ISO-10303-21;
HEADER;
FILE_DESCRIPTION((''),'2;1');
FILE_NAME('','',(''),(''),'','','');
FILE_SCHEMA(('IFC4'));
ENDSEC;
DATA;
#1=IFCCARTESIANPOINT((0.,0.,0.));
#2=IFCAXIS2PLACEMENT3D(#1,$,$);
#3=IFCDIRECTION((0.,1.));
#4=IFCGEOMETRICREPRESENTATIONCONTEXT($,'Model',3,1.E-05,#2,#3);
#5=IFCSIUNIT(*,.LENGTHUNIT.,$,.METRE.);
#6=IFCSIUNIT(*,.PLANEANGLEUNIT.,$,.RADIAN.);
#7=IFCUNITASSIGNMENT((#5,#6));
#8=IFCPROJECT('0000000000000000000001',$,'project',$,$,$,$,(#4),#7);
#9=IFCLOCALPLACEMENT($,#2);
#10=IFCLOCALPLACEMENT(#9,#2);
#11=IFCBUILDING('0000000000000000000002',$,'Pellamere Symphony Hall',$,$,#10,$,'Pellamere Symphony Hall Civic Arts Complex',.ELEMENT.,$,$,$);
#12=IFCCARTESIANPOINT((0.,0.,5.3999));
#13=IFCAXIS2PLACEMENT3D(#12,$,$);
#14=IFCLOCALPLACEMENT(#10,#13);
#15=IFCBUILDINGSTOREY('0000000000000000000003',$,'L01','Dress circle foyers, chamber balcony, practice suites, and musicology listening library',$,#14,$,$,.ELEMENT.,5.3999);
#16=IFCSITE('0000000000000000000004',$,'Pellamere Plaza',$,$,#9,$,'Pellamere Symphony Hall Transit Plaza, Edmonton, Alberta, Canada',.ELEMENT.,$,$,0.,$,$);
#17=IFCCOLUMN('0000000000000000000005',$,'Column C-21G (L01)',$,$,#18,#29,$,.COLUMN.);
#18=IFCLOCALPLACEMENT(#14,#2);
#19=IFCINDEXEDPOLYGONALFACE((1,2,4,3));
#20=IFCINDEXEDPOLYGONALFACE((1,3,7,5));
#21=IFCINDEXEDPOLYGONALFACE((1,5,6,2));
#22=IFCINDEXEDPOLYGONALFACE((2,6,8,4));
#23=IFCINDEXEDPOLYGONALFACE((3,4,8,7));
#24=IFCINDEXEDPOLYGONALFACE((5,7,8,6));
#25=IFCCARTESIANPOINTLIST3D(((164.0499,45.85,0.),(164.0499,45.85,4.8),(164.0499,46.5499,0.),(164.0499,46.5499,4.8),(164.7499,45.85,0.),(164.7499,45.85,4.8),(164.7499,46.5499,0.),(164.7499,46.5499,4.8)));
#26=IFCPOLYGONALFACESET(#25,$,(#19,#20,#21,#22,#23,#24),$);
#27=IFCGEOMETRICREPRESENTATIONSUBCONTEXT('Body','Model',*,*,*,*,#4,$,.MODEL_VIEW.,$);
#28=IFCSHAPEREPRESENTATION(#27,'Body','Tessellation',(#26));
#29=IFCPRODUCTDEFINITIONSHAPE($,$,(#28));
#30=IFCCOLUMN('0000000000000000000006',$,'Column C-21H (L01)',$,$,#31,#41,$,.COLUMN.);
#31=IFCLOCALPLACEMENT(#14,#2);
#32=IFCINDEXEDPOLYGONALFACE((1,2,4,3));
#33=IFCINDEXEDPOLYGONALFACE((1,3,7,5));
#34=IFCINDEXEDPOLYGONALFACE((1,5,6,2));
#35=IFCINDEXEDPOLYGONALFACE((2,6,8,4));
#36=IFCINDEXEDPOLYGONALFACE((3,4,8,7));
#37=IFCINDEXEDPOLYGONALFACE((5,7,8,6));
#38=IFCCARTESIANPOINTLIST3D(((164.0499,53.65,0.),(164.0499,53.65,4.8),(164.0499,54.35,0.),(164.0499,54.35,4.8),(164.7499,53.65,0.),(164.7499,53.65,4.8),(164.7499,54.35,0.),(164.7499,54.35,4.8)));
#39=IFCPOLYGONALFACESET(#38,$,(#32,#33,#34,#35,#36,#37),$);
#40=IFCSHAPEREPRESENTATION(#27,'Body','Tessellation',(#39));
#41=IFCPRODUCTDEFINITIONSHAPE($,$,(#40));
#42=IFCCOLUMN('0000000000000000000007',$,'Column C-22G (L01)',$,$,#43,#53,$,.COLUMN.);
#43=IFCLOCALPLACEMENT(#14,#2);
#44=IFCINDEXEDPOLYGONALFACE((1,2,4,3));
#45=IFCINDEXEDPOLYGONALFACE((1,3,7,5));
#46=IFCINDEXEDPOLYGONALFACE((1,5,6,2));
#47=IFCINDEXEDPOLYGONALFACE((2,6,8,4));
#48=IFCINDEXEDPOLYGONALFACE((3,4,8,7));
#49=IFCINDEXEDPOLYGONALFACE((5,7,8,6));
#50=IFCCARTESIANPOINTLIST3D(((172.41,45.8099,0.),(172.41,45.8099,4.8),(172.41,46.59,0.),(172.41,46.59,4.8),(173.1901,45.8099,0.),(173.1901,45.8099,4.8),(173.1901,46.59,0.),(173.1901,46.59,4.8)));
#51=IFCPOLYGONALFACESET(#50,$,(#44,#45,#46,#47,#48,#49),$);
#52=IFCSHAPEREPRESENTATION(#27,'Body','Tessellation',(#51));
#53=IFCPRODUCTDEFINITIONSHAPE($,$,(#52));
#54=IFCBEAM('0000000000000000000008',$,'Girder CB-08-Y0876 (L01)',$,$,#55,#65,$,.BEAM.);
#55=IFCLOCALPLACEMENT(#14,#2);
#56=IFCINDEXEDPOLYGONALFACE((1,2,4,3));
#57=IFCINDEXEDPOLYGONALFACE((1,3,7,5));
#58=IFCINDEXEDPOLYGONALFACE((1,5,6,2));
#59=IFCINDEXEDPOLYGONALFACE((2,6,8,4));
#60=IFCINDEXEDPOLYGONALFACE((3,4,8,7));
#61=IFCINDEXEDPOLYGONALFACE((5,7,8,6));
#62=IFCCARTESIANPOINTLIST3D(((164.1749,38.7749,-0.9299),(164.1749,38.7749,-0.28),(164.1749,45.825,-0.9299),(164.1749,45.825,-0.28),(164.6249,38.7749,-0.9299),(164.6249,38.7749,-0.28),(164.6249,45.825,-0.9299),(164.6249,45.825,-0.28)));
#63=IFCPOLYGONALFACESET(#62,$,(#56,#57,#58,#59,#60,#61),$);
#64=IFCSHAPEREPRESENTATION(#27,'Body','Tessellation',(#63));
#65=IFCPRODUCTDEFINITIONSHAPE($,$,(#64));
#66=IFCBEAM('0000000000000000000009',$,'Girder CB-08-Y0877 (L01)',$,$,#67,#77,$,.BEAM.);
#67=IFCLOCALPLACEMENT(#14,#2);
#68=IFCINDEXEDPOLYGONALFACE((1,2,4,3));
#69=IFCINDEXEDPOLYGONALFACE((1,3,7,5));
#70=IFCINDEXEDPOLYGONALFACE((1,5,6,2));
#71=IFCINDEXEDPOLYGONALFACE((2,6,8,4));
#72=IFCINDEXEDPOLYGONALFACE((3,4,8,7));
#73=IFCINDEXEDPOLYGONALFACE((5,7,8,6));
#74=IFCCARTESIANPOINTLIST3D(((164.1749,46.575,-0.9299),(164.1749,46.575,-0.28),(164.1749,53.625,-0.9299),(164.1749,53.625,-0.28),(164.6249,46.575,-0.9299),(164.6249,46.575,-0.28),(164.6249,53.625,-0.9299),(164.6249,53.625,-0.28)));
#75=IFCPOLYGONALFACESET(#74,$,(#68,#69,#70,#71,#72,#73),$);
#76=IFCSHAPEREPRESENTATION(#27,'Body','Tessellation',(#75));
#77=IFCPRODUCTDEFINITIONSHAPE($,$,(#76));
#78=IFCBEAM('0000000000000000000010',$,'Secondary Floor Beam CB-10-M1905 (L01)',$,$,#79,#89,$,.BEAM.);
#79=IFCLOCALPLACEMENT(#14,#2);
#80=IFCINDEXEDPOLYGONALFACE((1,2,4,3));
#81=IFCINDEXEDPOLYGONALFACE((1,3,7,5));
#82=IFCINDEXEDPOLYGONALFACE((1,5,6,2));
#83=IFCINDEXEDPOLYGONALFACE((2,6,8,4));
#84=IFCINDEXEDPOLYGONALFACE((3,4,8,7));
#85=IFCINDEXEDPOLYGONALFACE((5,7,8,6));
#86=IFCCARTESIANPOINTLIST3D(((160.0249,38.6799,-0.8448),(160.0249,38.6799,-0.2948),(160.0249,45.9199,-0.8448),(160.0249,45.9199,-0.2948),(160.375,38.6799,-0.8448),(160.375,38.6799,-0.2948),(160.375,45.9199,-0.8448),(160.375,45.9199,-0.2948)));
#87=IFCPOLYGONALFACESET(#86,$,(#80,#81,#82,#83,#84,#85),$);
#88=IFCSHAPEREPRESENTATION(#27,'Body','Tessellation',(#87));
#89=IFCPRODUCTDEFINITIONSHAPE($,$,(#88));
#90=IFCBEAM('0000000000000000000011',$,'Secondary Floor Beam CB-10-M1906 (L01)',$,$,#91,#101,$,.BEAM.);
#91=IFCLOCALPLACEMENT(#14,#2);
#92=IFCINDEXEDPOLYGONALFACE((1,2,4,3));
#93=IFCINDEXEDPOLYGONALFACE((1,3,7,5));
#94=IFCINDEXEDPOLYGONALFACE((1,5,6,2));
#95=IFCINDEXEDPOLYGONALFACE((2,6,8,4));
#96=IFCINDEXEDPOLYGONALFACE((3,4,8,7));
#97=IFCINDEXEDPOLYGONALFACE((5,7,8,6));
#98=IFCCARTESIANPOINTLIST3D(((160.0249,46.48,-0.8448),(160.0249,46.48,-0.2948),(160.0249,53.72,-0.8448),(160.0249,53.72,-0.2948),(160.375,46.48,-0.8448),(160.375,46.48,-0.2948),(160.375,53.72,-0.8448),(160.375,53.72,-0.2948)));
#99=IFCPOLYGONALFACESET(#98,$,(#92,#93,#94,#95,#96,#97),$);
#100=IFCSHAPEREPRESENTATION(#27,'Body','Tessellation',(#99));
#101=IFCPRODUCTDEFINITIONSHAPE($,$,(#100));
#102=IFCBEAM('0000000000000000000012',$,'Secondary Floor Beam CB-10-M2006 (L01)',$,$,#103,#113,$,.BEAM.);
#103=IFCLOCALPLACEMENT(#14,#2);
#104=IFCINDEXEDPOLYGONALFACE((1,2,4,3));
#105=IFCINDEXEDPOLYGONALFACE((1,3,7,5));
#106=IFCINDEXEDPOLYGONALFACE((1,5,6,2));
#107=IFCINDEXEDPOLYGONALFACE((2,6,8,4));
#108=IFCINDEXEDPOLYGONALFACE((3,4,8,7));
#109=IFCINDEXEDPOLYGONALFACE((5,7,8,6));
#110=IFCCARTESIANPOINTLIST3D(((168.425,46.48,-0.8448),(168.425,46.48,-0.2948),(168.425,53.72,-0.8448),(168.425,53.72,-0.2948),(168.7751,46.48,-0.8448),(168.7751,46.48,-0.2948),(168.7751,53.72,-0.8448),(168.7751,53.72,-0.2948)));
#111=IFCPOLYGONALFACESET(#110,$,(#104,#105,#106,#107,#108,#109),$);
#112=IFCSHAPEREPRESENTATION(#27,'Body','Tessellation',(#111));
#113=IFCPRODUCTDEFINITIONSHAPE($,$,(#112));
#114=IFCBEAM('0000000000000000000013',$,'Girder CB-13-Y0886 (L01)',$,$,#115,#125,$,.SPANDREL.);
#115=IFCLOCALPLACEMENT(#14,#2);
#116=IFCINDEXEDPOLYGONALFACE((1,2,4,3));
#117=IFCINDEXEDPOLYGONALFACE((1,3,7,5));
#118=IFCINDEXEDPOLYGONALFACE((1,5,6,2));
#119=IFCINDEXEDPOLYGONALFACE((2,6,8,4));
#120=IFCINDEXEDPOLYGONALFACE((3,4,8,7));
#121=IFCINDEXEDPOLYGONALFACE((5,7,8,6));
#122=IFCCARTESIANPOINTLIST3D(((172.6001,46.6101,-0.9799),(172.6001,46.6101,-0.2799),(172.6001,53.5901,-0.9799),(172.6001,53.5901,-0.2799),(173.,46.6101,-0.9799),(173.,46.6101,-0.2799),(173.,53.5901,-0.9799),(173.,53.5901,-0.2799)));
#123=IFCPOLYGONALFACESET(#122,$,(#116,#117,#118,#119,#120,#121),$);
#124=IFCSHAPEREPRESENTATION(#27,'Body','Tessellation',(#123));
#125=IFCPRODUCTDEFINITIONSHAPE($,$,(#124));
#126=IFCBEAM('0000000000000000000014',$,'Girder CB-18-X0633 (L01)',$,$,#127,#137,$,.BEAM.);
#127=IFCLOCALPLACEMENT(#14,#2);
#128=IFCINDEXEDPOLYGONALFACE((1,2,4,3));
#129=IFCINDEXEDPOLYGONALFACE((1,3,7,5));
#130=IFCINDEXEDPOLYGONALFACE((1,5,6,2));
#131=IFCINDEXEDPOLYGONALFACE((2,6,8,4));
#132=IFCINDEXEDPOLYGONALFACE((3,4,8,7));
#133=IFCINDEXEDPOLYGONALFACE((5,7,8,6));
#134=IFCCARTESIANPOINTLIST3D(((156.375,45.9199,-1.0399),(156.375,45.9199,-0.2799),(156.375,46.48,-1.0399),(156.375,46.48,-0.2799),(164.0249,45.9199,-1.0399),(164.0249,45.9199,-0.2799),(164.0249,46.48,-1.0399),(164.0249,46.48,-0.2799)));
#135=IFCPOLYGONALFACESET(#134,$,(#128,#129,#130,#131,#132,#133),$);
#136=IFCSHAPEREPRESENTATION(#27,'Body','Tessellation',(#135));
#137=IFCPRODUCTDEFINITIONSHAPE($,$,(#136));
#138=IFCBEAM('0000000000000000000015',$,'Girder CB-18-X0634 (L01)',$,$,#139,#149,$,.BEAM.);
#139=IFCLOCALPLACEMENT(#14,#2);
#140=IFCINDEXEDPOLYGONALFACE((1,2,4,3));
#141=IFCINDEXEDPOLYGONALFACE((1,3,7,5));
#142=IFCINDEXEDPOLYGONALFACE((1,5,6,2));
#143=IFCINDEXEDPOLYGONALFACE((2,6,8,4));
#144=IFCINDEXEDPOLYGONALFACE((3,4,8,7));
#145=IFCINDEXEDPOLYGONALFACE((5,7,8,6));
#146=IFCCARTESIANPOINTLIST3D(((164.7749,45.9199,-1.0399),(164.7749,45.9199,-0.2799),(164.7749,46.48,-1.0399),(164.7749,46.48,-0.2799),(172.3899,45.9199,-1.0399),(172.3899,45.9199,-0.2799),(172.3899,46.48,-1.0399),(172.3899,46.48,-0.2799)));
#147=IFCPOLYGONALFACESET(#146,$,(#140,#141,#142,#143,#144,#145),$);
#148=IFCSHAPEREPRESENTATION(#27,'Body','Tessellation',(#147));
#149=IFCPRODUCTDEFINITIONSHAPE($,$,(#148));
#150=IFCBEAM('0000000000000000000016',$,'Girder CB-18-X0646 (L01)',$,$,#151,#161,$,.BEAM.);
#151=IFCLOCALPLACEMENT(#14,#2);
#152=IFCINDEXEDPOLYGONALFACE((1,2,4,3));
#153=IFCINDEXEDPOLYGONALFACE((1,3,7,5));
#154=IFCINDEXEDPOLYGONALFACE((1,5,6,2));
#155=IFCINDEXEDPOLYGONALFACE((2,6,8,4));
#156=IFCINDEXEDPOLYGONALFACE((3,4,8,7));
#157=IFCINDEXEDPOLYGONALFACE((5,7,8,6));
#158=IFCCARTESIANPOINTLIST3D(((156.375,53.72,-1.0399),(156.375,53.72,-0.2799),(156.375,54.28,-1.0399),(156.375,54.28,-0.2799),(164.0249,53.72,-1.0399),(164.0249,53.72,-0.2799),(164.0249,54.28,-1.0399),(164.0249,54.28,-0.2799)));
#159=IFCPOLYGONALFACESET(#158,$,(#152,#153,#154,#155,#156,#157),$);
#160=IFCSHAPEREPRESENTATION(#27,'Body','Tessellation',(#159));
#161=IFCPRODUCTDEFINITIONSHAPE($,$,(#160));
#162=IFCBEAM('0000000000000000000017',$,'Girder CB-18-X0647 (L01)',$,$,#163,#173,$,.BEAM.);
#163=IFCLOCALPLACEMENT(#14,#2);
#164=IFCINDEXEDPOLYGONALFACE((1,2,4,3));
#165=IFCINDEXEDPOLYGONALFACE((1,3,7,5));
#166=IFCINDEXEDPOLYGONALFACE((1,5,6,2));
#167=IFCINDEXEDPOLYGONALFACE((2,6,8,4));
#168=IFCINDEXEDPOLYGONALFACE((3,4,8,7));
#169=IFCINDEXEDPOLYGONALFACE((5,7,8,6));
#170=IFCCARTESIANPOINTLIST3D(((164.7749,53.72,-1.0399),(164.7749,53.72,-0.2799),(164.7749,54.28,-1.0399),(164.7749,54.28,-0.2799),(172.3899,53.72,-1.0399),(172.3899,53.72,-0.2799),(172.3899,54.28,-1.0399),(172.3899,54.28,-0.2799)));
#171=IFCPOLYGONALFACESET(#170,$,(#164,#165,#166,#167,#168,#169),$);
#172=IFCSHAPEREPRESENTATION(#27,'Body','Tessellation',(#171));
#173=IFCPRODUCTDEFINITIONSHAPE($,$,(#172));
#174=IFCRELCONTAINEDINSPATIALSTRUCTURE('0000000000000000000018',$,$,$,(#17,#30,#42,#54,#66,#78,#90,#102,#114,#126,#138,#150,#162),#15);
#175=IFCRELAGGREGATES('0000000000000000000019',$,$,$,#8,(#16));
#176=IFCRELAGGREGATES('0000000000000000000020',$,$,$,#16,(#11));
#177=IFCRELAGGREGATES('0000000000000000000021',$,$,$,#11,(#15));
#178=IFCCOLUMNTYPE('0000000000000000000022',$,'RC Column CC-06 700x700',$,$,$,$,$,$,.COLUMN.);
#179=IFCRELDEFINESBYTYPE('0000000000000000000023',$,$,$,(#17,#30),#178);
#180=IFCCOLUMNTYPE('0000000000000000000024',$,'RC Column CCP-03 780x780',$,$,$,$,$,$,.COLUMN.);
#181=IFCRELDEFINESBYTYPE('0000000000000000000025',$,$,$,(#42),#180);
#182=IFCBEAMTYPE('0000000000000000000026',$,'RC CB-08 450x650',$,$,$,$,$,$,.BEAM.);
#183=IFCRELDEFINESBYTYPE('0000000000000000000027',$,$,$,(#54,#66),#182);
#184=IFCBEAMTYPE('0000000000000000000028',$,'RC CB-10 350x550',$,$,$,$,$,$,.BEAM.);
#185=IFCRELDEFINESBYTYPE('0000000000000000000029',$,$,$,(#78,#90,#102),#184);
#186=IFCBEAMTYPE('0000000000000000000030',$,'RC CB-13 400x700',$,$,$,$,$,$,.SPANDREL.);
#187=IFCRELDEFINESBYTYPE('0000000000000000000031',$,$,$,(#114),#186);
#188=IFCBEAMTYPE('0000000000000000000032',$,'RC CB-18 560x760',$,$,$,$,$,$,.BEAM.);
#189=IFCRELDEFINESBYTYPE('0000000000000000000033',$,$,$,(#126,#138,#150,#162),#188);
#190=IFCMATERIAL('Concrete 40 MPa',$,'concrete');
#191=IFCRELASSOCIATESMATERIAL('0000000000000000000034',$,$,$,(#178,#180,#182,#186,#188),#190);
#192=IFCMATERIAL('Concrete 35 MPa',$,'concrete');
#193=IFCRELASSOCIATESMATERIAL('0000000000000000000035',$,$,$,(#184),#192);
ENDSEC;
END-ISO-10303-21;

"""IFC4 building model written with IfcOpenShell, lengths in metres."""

from ifc_helpers import new_model, si_unit, direction, frame, origin, origin_2d, place, context, subcontext, project, spatial, rectangle, extrude, material, material_profile, profile_set, type_object, element, save


model = new_model("IFC4")

# Units and contexts
model_context = context("Model", 3, precision=1e-05, world=origin(), true_north=direction((0.0, 1.0)))
body_context = subcontext(model_context, "Body", "Model", "MODEL_VIEW")
ifc_project = project(units=[si_unit("LENGTHUNIT", "METRE"), si_unit("PLANEANGLEUNIT", "RADIAN")], contexts=[model_context])

# Site, building, storey
site_placement = place(None, origin())
site = spatial("IfcSite", under=ifc_project, at=site_placement, Name="Pellamere Plaza", LongName="Pellamere Symphony Hall Transit Plaza, Edmonton, Alberta, Canada", CompositionType="ELEMENT", RefElevation=0.0)
building_placement = place(site_placement, origin())
building = spatial("IfcBuilding", under=site, at=building_placement, Name="Pellamere Symphony Hall", LongName="Pellamere Symphony Hall Civic Arts Complex", CompositionType="ELEMENT")
storey_placement = place(building_placement, frame((0.0, 0.0, 5.3999)))
storey = spatial("IfcBuildingStorey", under=building, at=storey_placement, Name="L01", Description="Dress circle foyers, chamber balcony, practice suites, and musicology listening library", CompositionType="ELEMENT", Elevation=5.3999)

# Columns
ifc_material_1 = material(Name="Concrete 40 MPa", Category="concrete")
ifc_material_profile_1 = material_profile(ifc_material_1, rectangle(XDim=0.7, YDim=0.7, at=origin_2d()), Name="RC 700x700")
ifc_profile_set_1 = profile_set([ifc_material_profile_1], Name="Concrete 40 MPa")
column_type_1 = type_object("IfcColumnType", Name="RC Column CC-06 700x700", PredefinedType="COLUMN", material=ifc_profile_set_1)
for number, where, z_axis, x_axis, name in (
    (1, (164.3999, 46.2, 0.0), (0.0, 0.0, 1.0), (1.0, 0.0, 0.0), "Column C-21G (L01)"),
    (2, (164.3999, 54.0, 0.0), (0.0, 0.0, 1.0), (1.0, 0.0, 0.0), "Column C-21H (L01)"),
):
    element("IfcColumn", number, at=place(storey_placement, frame(where, z_axis=z_axis, x_axis=x_axis)), inside=storey, type_object=column_type_1, Name=name, PredefinedType="COLUMN", context=body_context, shape_type="SweptSolid", body=[
        extrude(rectangle(XDim=0.7, YDim=0.7, at=origin_2d()), origin(), (0.0, 0.0, 1.0), 4.8),
    ])
ifc_material_profile_2 = material_profile(ifc_material_1, rectangle(XDim=0.78, YDim=0.78, at=origin_2d()), Name="RC 780x780")
ifc_profile_set_2 = profile_set([ifc_material_profile_2], Name="Concrete 40 MPa")
column_type_2 = type_object("IfcColumnType", Name="RC Column CCP-03 780x780", PredefinedType="COLUMN", material=ifc_profile_set_2)
column_placement = place(storey_placement, frame((172.8, 46.2, 0.0), z_axis=(0.0, 0.0, 1.0), x_axis=(1.0, 0.0, 0.0)))
element("IfcColumn", 3, at=column_placement, inside=storey, type_object=column_type_2, Name="Column C-22G (L01)", PredefinedType="COLUMN", context=body_context, shape_type="SweptSolid", body=[
    extrude(rectangle(XDim=0.78, YDim=0.78, at=origin_2d()), origin(), (0.0, 0.0, 1.0), 4.8),
])

# Beams
ifc_material_profile_3 = material_profile(ifc_material_1, rectangle(XDim=0.45, YDim=0.6499, at=origin_2d()), Name="RC 450x650")
ifc_profile_set_3 = profile_set([ifc_material_profile_3], Name="Concrete 40 MPa")
beam_type_1 = type_object("IfcBeamType", Name="RC CB-08 450x650", PredefinedType="BEAM", material=ifc_profile_set_3)
for number, where, z_axis, x_axis, name in (
    (4, (164.3999, 38.7749, -0.605), (0.0, 1.0, 0.0), (-1.0, 0.0, 0.0), "Girder CB-08-Y0876 (L01)"),
    (5, (164.3999, 46.575, -0.605), (0.0, 1.0, 0.0), (-1.0, 0.0, 0.0), "Girder CB-08-Y0877 (L01)"),
):
    element("IfcBeam", number, at=place(storey_placement, frame(where, z_axis=z_axis, x_axis=x_axis)), inside=storey, type_object=beam_type_1, Name=name, PredefinedType="BEAM", context=body_context, shape_type="SweptSolid", body=[
        extrude(rectangle(XDim=0.45, YDim=0.6499, at=origin_2d()), origin(), (0.0, 0.0, 1.0), 7.05),
    ])
ifc_material_2 = material(Name="Concrete 35 MPa", Category="concrete")
ifc_material_profile_4 = material_profile(ifc_material_2, rectangle(XDim=0.3501, YDim=0.55, at=origin_2d()), Name="RC 350x550")
ifc_profile_set_4 = profile_set([ifc_material_profile_4], Name="Concrete 35 MPa")
beam_type_2 = type_object("IfcBeamType", Name="RC CB-10 350x550", PredefinedType="BEAM", material=ifc_profile_set_4)
for number, where, z_axis, x_axis, name in (
    (6, (160.2, 38.6799, -0.5698), (0.0, 1.0, 0.0), (-1.0, 0.0, 0.0), "Secondary Floor Beam CB-10-M1905 (L01)"),
    (7, (160.2, 46.48, -0.5698), (0.0, 1.0, 0.0), (-1.0, 0.0, 0.0), "Secondary Floor Beam CB-10-M1906 (L01)"),
    (8, (168.6001, 46.48, -0.5698), (0.0, 1.0, 0.0), (-1.0, 0.0, 0.0), "Secondary Floor Beam CB-10-M2006 (L01)"),
):
    element("IfcBeam", number, at=place(storey_placement, frame(where, z_axis=z_axis, x_axis=x_axis)), inside=storey, type_object=beam_type_2, Name=name, PredefinedType="BEAM", context=body_context, shape_type="SweptSolid", body=[
        extrude(rectangle(XDim=0.3501, YDim=0.55, at=origin_2d()), origin(), (0.0, 0.0, 1.0), 7.24),
    ])
ifc_material_profile_5 = material_profile(ifc_material_1, rectangle(XDim=0.3999, YDim=0.7, at=origin_2d()), Name="RC 400x700")
ifc_profile_set_5 = profile_set([ifc_material_profile_5], Name="Concrete 40 MPa")
beam_type_3 = type_object("IfcBeamType", Name="RC CB-13 400x700", PredefinedType="SPANDREL", material=ifc_profile_set_5)
beam_1_placement = place(storey_placement, frame((172.8, 46.6101, -0.6299), z_axis=(0.0, 1.0, 0.0), x_axis=(-1.0, 0.0, 0.0)))
element("IfcBeam", 9, at=beam_1_placement, inside=storey, type_object=beam_type_3, Name="Girder CB-13-Y0886 (L01)", PredefinedType="SPANDREL", context=body_context, shape_type="SweptSolid", body=[
    extrude(rectangle(XDim=0.3999, YDim=0.7, at=origin_2d()), origin(), (0.0, 0.0, 1.0), 6.98),
])
ifc_material_profile_6 = material_profile(ifc_material_1, rectangle(XDim=0.5601, YDim=0.76, at=origin_2d()), Name="RC 560x760")
ifc_profile_set_6 = profile_set([ifc_material_profile_6], Name="Concrete 40 MPa")
beam_type_4 = type_object("IfcBeamType", Name="RC CB-18 560x760", PredefinedType="BEAM", material=ifc_profile_set_6)
beam_2_placement = place(storey_placement, frame((156.375, 46.2, -0.6599), z_axis=(1.0, 0.0, 0.0), x_axis=(0.0, 1.0, 0.0)))
element("IfcBeam", 10, at=beam_2_placement, inside=storey, type_object=beam_type_4, Name="Girder CB-18-X0633 (L01)", PredefinedType="BEAM", context=body_context, shape_type="SweptSolid", body=[
    extrude(rectangle(XDim=0.5601, YDim=0.76, at=origin_2d()), origin(), (0.0, 0.0, 1.0), 7.6499),
])
beam_3_placement = place(storey_placement, frame((164.7749, 46.2, -0.6599), z_axis=(1.0, 0.0, 0.0), x_axis=(0.0, 1.0, 0.0)))
element("IfcBeam", 11, at=beam_3_placement, inside=storey, type_object=beam_type_4, Name="Girder CB-18-X0634 (L01)", PredefinedType="BEAM", context=body_context, shape_type="SweptSolid", body=[
    extrude(rectangle(XDim=0.5601, YDim=0.76, at=origin_2d()), origin(), (0.0, 0.0, 1.0), 7.615),
])
beam_4_placement = place(storey_placement, frame((156.375, 54.0, -0.6599), z_axis=(1.0, 0.0, 0.0), x_axis=(0.0, 1.0, 0.0)))
element("IfcBeam", 12, at=beam_4_placement, inside=storey, type_object=beam_type_4, Name="Girder CB-18-X0646 (L01)", PredefinedType="BEAM", context=body_context, shape_type="SweptSolid", body=[
    extrude(rectangle(XDim=0.5601, YDim=0.76, at=origin_2d()), origin(), (0.0, 0.0, 1.0), 7.6499),
])
beam_5_placement = place(storey_placement, frame((164.7749, 54.0, -0.6599), z_axis=(1.0, 0.0, 0.0), x_axis=(0.0, 1.0, 0.0)))
element("IfcBeam", 13, at=beam_5_placement, inside=storey, type_object=beam_type_4, Name="Girder CB-18-X0647 (L01)", PredefinedType="BEAM", context=body_context, shape_type="SweptSolid", body=[
    extrude(rectangle(XDim=0.5601, YDim=0.76, at=origin_2d()), origin(), (0.0, 0.0, 1.0), 7.615),
])

save(model, "model.ifc")
